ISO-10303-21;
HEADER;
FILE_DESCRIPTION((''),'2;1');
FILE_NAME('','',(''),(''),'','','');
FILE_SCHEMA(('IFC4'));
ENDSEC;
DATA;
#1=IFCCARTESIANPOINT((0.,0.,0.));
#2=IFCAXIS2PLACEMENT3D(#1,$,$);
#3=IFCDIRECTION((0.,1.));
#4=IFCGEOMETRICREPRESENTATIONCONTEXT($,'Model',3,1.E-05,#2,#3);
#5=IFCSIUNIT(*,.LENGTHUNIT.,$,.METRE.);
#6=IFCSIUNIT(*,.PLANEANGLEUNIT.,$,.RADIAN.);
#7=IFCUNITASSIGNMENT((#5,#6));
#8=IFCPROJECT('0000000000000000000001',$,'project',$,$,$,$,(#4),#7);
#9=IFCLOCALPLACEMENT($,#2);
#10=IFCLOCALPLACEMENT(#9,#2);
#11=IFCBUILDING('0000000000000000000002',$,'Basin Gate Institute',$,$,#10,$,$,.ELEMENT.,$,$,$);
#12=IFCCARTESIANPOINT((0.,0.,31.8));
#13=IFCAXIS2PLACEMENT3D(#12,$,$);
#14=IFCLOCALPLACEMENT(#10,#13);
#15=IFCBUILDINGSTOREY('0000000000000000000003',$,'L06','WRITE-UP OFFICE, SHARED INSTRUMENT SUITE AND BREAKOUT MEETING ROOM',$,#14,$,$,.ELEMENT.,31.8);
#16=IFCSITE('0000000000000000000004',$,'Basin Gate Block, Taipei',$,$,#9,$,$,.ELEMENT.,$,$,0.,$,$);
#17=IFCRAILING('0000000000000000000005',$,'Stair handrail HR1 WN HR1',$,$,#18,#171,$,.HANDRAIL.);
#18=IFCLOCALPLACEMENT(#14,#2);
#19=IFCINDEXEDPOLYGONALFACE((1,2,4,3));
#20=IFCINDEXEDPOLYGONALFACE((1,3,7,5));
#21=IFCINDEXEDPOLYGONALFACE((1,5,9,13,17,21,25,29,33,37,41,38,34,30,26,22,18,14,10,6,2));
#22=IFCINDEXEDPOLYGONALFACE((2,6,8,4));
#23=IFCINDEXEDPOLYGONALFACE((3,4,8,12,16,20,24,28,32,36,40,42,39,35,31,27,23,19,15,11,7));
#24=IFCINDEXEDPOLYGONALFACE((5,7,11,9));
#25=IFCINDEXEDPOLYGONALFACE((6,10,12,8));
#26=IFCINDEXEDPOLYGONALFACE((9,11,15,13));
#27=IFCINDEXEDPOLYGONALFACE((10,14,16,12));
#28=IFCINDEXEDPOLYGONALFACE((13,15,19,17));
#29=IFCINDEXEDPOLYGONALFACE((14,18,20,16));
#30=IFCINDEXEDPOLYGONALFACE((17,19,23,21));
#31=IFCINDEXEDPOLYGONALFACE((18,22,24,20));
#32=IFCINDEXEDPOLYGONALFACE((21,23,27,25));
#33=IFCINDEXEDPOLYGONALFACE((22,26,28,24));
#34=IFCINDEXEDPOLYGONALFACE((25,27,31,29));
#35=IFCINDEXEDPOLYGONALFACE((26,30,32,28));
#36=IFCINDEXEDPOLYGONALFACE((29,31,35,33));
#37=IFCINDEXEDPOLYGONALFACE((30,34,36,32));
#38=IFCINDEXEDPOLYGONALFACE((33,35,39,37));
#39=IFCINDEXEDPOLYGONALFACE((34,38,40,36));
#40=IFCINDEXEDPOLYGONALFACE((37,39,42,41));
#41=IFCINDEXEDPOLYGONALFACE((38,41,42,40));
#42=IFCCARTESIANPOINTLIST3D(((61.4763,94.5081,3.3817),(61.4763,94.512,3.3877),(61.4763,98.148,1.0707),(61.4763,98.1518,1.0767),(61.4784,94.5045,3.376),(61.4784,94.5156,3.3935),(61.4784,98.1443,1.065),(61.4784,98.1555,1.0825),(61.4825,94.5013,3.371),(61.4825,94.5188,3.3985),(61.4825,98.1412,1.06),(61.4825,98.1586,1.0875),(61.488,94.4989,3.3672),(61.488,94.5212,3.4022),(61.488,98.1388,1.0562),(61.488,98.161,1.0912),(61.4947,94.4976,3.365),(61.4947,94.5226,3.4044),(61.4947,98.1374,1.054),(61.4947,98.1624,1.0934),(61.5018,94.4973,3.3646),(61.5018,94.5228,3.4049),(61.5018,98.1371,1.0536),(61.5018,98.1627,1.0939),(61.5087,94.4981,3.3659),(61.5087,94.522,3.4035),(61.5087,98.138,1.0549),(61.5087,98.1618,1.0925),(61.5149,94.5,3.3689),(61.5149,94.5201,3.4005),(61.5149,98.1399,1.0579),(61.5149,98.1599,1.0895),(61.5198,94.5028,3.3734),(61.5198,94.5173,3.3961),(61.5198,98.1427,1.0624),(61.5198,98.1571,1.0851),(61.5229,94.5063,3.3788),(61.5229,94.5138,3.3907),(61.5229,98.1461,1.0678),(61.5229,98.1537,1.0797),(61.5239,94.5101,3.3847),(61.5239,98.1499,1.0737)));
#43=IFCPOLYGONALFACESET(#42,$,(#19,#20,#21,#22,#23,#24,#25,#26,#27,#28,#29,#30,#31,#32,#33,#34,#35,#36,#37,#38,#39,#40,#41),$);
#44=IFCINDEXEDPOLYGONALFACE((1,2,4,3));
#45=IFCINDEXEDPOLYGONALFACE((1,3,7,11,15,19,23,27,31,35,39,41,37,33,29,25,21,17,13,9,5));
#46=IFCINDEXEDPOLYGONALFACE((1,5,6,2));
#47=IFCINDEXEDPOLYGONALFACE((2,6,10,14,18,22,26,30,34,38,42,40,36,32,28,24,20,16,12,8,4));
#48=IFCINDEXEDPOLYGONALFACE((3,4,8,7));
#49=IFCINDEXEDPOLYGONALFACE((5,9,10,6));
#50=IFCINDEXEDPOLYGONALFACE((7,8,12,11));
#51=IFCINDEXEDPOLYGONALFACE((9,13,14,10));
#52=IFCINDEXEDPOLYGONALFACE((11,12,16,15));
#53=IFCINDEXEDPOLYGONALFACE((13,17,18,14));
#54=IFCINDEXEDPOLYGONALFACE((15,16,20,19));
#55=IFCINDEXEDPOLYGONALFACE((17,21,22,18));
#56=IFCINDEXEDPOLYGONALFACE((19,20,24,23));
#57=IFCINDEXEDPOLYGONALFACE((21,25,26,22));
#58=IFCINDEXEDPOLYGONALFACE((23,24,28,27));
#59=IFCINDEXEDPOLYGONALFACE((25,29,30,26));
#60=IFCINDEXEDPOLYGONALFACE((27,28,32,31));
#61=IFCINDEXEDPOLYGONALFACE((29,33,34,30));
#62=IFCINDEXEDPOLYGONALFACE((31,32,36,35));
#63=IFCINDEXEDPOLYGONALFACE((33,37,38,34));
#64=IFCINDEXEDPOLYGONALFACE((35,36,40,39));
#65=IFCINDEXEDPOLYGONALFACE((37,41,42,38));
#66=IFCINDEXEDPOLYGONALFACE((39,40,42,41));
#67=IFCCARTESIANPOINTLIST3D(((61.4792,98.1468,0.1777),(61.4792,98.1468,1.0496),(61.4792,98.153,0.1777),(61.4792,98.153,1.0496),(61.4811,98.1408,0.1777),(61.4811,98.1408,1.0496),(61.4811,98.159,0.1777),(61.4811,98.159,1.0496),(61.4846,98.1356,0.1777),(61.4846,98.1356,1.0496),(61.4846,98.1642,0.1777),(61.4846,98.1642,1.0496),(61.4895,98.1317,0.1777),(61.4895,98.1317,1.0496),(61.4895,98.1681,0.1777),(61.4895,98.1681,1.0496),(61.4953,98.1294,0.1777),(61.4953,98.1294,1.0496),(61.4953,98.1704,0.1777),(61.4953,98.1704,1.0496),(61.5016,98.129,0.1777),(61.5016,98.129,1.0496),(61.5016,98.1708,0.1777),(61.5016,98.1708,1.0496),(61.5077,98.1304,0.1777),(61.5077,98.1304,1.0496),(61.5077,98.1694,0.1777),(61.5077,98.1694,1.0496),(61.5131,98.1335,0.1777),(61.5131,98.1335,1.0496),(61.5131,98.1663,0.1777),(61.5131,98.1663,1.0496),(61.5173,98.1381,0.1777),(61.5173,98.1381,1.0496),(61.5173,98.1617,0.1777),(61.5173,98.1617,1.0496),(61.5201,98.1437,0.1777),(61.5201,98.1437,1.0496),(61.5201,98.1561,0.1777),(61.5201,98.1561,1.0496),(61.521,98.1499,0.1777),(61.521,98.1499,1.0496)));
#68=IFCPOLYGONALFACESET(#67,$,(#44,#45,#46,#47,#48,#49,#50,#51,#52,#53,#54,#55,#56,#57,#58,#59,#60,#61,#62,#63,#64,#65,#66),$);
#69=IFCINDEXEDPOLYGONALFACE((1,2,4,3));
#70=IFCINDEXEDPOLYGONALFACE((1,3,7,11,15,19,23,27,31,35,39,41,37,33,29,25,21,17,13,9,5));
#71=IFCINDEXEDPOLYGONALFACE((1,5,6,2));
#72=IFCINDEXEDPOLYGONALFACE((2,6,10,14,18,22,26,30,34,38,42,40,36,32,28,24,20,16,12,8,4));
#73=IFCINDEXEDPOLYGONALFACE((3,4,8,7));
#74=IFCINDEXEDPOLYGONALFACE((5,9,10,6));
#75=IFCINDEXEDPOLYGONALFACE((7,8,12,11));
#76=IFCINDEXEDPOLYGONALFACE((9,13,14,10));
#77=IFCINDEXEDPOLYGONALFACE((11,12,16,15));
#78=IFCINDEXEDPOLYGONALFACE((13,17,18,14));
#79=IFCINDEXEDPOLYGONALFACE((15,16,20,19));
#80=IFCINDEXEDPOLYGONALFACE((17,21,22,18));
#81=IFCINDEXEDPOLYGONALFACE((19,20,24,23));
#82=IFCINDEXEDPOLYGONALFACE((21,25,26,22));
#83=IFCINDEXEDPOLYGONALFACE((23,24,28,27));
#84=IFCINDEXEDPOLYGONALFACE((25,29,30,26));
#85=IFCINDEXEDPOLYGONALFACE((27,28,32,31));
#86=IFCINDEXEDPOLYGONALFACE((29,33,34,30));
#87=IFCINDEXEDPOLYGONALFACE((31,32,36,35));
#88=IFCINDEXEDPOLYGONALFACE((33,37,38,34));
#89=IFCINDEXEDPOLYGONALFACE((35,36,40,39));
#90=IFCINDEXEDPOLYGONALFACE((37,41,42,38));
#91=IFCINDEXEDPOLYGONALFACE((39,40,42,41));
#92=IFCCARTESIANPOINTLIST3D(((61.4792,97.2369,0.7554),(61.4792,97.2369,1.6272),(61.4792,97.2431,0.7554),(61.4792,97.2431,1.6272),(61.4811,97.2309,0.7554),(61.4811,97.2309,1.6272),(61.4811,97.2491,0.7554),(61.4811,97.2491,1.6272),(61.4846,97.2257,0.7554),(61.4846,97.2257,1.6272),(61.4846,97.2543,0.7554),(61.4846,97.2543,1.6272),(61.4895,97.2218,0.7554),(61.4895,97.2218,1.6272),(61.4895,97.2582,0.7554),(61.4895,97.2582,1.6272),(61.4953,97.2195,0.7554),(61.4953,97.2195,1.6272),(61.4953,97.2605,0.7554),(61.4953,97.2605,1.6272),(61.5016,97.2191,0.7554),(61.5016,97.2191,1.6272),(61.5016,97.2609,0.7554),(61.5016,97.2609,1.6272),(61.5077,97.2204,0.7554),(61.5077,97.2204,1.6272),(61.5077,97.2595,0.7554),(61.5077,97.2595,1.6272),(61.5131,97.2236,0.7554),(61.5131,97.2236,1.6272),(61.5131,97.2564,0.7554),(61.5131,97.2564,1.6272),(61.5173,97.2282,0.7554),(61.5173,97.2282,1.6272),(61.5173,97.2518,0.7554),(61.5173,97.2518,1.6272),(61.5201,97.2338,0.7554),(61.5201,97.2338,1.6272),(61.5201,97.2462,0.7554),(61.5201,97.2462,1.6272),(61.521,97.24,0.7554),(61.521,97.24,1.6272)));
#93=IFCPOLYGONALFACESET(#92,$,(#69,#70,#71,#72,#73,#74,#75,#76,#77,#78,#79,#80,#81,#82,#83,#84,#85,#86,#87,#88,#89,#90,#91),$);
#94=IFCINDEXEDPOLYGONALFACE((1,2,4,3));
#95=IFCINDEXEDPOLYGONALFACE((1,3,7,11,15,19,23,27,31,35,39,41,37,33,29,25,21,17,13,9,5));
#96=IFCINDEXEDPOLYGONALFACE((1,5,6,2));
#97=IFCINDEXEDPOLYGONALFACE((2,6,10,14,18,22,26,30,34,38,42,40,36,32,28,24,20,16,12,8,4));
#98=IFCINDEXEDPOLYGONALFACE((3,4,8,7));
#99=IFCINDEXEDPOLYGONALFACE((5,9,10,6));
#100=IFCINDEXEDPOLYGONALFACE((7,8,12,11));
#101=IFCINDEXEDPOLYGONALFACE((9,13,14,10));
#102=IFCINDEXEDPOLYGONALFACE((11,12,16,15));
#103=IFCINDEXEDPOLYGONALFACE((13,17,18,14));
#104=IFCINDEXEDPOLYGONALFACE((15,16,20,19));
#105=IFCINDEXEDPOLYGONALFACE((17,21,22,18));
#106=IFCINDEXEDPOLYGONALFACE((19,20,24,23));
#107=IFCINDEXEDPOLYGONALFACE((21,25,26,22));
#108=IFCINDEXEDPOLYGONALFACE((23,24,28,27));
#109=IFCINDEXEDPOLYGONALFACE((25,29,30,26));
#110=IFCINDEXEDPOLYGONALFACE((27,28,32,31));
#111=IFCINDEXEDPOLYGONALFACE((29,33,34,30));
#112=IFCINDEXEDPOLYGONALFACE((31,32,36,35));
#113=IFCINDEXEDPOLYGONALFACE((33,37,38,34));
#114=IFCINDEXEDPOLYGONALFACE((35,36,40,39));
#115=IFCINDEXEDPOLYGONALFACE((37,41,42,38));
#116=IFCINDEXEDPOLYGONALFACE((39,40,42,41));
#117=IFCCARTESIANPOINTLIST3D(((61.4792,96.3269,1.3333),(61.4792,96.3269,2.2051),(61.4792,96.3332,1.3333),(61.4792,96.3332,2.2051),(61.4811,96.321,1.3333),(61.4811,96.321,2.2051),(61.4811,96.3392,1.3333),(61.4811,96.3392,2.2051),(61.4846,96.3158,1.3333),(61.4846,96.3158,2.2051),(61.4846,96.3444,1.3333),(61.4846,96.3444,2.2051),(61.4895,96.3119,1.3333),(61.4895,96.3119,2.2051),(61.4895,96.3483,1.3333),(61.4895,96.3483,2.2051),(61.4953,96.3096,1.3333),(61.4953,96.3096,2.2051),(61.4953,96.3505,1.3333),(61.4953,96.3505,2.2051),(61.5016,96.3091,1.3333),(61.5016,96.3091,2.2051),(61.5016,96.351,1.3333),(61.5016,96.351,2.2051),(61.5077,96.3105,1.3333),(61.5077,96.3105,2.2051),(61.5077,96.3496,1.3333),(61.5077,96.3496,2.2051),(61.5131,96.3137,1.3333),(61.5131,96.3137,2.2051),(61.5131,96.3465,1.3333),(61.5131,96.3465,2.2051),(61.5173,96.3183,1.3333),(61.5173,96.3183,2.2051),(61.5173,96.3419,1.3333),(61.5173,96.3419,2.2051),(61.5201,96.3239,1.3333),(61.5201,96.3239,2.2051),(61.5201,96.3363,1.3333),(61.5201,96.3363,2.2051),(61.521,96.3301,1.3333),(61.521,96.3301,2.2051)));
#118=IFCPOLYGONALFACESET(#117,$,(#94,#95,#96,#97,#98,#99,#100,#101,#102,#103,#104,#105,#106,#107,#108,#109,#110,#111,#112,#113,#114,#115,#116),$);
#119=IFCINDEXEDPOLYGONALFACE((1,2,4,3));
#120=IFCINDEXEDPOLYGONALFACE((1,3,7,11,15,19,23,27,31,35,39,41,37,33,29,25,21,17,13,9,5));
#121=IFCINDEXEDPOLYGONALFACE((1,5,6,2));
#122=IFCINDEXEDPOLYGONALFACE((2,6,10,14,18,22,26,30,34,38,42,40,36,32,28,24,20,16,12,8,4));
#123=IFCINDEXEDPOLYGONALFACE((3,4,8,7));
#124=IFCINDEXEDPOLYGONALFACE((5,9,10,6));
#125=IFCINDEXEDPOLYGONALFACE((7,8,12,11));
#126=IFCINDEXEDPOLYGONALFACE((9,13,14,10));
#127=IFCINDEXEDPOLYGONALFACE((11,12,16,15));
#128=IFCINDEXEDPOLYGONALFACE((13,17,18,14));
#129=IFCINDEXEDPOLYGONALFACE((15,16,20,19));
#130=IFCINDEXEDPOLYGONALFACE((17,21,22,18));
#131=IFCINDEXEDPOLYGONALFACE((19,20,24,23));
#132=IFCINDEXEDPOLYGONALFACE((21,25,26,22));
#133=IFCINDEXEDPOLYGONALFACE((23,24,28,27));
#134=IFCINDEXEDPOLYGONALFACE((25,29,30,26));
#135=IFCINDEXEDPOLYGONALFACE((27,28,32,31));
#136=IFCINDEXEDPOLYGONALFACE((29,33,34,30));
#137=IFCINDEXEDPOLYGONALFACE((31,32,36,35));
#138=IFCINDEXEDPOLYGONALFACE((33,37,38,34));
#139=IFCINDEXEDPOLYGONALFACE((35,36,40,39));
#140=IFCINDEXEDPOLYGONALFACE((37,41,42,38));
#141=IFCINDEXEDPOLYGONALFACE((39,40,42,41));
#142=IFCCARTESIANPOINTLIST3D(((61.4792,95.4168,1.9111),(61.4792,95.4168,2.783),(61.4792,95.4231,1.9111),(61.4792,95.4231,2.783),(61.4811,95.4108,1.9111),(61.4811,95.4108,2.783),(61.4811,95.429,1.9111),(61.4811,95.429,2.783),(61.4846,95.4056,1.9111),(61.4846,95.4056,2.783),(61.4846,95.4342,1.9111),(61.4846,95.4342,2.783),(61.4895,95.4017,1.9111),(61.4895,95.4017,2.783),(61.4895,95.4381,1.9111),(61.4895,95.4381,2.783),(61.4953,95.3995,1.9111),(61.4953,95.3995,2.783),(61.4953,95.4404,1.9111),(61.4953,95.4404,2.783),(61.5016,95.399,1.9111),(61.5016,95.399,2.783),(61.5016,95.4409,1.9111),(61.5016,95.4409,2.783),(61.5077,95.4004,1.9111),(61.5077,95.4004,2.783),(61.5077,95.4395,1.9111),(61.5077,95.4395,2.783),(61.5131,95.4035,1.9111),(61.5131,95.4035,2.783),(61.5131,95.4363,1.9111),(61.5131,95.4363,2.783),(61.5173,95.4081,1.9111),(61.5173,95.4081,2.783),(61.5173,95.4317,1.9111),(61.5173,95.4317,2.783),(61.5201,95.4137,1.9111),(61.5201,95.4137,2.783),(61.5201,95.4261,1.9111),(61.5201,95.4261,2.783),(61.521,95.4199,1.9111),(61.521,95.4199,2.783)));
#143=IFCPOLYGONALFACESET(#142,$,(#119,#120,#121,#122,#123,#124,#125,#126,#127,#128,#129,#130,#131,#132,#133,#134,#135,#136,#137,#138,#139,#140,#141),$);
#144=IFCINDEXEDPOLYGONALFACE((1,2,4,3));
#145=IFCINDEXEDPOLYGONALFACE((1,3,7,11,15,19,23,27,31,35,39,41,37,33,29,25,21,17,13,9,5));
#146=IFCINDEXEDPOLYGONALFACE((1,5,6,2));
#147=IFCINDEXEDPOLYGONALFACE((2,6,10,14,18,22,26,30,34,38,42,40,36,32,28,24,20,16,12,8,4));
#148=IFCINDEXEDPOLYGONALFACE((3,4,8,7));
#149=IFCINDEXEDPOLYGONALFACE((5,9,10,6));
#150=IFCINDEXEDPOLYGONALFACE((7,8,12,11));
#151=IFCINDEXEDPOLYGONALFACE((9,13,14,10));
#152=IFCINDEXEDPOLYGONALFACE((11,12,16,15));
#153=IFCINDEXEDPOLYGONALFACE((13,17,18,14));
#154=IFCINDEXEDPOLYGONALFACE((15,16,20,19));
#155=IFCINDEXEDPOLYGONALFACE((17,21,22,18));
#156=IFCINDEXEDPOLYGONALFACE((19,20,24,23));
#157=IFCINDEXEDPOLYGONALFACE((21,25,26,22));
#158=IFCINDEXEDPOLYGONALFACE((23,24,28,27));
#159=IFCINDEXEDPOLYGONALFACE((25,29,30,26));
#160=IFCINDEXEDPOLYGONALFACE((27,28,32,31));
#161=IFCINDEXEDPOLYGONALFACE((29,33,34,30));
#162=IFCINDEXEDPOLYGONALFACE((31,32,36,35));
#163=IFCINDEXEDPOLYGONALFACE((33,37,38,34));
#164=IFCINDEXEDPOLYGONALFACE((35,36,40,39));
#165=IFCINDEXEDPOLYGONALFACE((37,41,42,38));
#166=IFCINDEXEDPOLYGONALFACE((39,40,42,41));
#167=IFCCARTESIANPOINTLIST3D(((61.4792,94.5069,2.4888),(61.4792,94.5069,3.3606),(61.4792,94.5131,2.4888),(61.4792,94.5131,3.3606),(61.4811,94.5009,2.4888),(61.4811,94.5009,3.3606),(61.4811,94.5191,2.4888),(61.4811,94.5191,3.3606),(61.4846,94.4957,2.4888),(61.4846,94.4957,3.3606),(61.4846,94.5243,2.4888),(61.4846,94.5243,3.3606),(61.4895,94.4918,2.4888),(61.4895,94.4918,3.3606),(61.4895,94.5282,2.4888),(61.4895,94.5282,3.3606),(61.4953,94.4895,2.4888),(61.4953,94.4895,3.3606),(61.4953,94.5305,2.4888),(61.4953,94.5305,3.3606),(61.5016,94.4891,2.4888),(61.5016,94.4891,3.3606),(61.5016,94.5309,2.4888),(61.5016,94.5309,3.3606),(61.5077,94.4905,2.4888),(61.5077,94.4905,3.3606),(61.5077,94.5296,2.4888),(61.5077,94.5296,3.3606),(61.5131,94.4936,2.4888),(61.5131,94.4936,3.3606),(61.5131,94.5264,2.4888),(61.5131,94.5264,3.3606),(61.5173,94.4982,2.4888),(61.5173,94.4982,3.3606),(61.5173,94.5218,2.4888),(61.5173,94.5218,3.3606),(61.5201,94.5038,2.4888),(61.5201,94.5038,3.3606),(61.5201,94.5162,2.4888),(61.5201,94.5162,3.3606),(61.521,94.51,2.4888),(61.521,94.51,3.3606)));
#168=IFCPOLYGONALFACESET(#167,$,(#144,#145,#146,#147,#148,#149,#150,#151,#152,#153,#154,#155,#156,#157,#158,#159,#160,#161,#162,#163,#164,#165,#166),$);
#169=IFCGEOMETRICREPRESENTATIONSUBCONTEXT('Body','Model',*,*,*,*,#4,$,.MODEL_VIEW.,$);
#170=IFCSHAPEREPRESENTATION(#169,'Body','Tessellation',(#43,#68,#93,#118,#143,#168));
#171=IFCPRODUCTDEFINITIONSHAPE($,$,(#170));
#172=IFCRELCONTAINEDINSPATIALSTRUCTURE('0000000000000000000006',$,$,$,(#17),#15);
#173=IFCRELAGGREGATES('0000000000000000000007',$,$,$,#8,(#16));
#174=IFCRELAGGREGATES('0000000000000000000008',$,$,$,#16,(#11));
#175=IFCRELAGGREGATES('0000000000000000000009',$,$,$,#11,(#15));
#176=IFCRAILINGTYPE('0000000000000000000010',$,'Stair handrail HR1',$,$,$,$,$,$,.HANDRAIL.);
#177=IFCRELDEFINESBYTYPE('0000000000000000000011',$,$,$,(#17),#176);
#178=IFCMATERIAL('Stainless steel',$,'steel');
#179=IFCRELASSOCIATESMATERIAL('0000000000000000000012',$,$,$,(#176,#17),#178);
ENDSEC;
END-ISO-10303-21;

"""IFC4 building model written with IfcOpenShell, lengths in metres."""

from ifc_helpers import new_model, si_unit, direction, frame, origin, origin_2d, place, context, subcontext, project, spatial, circle, extrude, material, type_object, element, save


model = new_model("IFC4")

# Units and contexts
model_context = context("Model", 3, precision=1e-05, world=origin(), true_north=direction((0.0, 1.0)))
body_context = subcontext(model_context, "Body", "Model", "MODEL_VIEW")
ifc_project = project(units=[si_unit("LENGTHUNIT", "METRE"), si_unit("PLANEANGLEUNIT", "RADIAN")], contexts=[model_context])

# Site, building, storey
site_placement = place(None, origin())
site = spatial("IfcSite", under=ifc_project, at=site_placement, Name="Basin Gate Block, Taipei", CompositionType="ELEMENT", RefElevation=0.0)
building_placement = place(site_placement, origin())
building = spatial("IfcBuilding", under=site, at=building_placement, Name="Basin Gate Institute", CompositionType="ELEMENT")
storey_placement = place(building_placement, frame((0.0, 0.0, 31.8)))
storey = spatial("IfcBuildingStorey", under=building, at=storey_placement, Name="L06", Description="WRITE-UP OFFICE, SHARED INSTRUMENT SUITE AND BREAKOUT MEETING ROOM", CompositionType="ELEMENT", Elevation=31.8)

# Railing
ifc_material_1 = material(Name="Stainless steel", Category="steel")
railing_type_1 = type_object("IfcRailingType", Name="Stair handrail HR1", PredefinedType="HANDRAIL", material=ifc_material_1)
for number, where, name in (
    (1, (61.5, 98.1499, 0.1777), "Stair handrail HR1 WN HR1"),
):
    element("IfcRailing", number, at=place(storey_placement, frame(where)), inside=storey, type_object=railing_type_1, material=ifc_material_1, Name=name, PredefinedType="HANDRAIL", context=body_context, shape_type="SweptSolid", body=[
        extrude(circle(Radius=0.0239, at=origin_2d()), frame((0.0, 0.0, 0.896), z_axis=(0.0, -0.844214, 0.536007), x_axis=(1.0, 0.0, 0.0)), (0.0, 0.0, 1.0), 4.3115),
        extrude(circle(Radius=0.021, at=origin_2d()), origin(), (0.0, 0.0, 1.0), 0.8718),
        extrude(circle(Radius=0.021, at=origin_2d()), frame((0.0, -0.9099, 0.5776)), (0.0, 0.0, 1.0), 0.8718),
        extrude(circle(Radius=0.021, at=origin_2d()), frame((0.0, -1.8198, 1.1555)), (0.0, 0.0, 1.0), 0.8718),
        extrude(circle(Radius=0.021, at=origin_2d()), frame((0.0, -2.73, 1.7334)), (0.0, 0.0, 1.0), 0.8718),
        extrude(circle(Radius=0.021, at=origin_2d()), frame((0.0, -3.6399, 2.311)), (0.0, 0.0, 1.0), 0.8718),
    ])

save(model, "model.ifc")
